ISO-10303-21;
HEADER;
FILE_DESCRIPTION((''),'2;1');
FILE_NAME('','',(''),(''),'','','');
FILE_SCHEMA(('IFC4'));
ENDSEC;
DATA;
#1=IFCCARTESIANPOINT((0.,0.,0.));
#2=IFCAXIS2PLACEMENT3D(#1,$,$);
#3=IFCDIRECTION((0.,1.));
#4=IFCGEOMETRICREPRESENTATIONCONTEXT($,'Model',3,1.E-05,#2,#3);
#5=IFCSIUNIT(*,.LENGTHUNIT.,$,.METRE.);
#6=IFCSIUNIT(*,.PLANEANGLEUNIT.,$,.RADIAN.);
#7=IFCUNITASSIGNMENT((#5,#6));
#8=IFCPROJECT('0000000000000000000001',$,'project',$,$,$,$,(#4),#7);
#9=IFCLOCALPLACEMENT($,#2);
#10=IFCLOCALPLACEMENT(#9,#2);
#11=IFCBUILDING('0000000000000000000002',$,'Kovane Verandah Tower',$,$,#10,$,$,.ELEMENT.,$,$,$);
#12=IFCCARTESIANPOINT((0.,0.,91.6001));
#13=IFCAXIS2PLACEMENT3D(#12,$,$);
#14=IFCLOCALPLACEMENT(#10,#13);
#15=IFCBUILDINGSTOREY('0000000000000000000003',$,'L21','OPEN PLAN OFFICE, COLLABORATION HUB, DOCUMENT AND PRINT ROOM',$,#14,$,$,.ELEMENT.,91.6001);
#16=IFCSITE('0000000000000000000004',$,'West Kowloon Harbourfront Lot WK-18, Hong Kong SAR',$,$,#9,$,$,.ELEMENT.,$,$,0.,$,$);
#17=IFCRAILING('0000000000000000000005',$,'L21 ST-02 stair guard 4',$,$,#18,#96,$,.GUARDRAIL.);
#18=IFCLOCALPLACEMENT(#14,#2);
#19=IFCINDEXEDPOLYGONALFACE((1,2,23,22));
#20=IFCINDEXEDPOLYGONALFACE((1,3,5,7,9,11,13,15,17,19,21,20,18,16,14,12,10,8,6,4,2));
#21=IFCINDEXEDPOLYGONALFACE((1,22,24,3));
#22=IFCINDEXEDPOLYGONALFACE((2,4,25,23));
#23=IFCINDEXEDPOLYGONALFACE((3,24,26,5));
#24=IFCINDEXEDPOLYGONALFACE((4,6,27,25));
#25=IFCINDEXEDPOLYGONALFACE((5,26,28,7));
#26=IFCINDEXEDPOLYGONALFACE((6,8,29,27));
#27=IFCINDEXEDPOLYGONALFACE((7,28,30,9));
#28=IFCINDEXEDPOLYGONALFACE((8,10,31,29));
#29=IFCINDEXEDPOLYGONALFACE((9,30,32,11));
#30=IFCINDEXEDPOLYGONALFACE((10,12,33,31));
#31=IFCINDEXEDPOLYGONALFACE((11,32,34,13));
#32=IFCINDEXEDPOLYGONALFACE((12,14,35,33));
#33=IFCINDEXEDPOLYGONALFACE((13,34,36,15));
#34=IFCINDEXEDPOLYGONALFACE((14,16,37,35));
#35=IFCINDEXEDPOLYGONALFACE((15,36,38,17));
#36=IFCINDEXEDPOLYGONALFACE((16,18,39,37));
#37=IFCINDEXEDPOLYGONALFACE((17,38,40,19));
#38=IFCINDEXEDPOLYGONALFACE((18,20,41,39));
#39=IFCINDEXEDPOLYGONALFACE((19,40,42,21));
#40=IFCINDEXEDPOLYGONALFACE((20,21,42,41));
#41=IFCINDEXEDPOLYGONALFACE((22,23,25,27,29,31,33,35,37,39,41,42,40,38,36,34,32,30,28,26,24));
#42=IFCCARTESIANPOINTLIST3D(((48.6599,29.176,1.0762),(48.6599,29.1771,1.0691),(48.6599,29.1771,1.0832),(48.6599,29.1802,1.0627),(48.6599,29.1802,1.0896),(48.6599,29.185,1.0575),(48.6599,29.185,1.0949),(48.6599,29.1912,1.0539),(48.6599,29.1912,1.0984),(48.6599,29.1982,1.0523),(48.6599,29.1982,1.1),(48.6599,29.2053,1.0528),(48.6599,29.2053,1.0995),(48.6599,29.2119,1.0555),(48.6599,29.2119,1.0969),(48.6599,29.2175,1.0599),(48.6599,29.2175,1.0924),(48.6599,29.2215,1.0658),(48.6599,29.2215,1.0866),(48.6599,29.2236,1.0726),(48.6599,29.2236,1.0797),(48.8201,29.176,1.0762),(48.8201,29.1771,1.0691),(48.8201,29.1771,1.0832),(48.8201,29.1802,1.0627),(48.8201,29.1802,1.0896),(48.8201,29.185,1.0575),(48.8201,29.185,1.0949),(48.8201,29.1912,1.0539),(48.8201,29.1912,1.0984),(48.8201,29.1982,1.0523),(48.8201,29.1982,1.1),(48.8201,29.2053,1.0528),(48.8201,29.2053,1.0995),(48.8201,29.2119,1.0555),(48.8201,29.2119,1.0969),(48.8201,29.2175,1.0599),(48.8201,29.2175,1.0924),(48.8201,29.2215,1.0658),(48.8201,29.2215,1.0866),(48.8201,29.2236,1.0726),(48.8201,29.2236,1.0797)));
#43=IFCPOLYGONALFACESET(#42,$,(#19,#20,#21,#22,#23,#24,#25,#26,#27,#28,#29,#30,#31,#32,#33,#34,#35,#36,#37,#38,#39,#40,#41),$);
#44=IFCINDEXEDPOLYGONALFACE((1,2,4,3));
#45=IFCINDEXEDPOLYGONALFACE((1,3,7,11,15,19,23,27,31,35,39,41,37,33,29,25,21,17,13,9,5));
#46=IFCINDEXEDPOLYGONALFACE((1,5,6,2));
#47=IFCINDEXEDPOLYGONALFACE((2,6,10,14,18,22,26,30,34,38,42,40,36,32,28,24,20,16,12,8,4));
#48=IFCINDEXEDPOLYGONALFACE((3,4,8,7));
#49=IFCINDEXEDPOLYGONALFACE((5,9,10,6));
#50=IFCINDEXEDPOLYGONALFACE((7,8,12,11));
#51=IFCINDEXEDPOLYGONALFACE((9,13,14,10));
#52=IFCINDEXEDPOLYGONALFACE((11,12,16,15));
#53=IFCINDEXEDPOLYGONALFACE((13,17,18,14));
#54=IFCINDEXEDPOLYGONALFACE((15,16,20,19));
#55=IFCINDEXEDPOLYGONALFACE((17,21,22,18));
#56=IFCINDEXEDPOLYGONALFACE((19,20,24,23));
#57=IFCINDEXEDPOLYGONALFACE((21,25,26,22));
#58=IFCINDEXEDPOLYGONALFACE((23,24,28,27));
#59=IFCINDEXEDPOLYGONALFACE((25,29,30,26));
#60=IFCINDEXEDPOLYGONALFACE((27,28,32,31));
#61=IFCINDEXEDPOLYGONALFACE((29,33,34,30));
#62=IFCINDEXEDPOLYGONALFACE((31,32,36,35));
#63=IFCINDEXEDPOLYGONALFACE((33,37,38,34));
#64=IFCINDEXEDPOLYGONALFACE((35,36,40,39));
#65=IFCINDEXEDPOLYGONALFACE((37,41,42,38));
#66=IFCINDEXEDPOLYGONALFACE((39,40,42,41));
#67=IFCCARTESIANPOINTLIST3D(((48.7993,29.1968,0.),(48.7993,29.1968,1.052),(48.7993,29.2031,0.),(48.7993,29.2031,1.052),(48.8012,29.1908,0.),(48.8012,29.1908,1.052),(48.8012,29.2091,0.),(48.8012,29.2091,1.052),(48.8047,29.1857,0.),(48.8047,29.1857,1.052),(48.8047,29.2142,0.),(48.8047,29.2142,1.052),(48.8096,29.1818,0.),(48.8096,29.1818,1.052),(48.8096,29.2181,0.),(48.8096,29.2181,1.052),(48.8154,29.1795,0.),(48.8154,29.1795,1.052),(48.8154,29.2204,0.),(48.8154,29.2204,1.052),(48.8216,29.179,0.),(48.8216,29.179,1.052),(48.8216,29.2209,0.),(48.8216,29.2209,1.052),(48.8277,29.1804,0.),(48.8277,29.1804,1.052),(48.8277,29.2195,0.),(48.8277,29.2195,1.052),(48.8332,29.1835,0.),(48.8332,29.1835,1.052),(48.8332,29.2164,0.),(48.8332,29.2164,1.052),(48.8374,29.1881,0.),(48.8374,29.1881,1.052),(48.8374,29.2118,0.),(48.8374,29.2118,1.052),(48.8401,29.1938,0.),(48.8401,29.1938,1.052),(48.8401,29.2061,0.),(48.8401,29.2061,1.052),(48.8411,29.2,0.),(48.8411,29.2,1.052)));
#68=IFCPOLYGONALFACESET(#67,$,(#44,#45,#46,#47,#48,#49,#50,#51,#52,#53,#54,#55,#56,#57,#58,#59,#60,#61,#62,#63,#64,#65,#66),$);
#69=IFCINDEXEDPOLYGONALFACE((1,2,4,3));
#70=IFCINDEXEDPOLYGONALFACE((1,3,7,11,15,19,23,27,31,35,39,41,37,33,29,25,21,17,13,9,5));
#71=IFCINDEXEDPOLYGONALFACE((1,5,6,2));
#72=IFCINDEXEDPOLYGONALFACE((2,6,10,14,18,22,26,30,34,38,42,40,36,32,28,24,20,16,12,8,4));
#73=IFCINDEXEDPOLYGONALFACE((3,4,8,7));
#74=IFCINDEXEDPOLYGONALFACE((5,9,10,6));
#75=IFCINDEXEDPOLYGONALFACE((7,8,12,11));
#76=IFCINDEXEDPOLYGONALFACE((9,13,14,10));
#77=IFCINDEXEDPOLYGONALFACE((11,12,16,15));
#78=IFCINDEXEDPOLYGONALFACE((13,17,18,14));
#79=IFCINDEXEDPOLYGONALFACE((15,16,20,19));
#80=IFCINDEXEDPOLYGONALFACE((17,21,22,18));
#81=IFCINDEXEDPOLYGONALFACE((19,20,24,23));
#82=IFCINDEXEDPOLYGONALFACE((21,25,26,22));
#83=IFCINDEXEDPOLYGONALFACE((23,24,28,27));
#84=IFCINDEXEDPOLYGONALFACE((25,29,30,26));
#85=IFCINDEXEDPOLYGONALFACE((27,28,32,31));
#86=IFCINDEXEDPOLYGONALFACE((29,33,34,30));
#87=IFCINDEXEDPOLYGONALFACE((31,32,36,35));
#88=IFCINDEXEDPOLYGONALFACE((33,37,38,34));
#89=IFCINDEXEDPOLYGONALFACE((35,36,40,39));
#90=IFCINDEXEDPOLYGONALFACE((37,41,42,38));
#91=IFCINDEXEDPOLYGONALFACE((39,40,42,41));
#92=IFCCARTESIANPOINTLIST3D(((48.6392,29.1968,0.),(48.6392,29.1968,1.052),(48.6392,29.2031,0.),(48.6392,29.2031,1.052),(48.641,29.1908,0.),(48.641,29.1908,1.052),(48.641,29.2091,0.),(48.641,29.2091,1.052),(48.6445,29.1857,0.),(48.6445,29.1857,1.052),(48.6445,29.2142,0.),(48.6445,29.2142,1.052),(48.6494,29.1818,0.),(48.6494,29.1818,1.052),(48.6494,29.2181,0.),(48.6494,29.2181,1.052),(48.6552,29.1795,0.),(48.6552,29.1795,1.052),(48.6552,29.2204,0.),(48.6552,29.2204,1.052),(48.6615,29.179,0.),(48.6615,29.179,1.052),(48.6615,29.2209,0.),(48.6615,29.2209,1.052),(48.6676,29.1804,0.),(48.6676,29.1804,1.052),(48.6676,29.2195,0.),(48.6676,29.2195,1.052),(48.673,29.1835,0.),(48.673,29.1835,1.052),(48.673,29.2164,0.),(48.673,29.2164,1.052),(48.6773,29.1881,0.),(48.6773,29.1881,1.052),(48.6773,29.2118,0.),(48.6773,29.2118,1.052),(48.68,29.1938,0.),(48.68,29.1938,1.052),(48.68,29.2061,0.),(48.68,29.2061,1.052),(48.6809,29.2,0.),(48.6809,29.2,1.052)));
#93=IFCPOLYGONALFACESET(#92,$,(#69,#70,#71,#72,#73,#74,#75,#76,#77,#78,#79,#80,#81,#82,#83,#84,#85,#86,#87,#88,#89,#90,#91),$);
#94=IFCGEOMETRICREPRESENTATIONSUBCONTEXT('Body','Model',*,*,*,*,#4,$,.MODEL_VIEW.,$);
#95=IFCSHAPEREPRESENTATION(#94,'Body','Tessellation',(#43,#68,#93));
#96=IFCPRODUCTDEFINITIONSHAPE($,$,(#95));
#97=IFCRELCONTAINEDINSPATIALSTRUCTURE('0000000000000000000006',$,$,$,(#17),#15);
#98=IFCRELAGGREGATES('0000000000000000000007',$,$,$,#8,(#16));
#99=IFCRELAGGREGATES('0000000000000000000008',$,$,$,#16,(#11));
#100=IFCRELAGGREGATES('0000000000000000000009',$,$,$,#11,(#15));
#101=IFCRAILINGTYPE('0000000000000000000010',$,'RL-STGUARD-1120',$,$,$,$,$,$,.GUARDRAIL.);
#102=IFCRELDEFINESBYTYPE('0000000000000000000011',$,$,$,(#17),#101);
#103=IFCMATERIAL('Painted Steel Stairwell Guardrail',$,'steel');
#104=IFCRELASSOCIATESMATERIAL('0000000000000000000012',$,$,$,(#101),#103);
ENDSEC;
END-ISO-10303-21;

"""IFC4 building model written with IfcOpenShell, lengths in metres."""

from ifc_helpers import new_model, si_unit, direction, frame, origin, origin_2d, place, context, subcontext, project, spatial, circle, extrude, material, type_object, element, save


model = new_model("IFC4")

# Units and contexts
model_context = context("Model", 3, precision=1e-05, world=origin(), true_north=direction((0.0, 1.0)))
body_context = subcontext(model_context, "Body", "Model", "MODEL_VIEW")
ifc_project = project(units=[si_unit("LENGTHUNIT", "METRE"), si_unit("PLANEANGLEUNIT", "RADIAN")], contexts=[model_context])

# Site, building, storey
site_placement = place(None, origin())
site = spatial("IfcSite", under=ifc_project, at=site_placement, Name="West Kowloon Harbourfront Lot WK-18, Hong Kong SAR", CompositionType="ELEMENT", RefElevation=0.0)
building_placement = place(site_placement, origin())
building = spatial("IfcBuilding", under=site, at=building_placement, Name="Kovane Verandah Tower", CompositionType="ELEMENT")
storey_placement = place(building_placement, frame((0.0, 0.0, 91.6001)))
storey = spatial("IfcBuildingStorey", under=building, at=storey_placement, Name="L21", Description="OPEN PLAN OFFICE, COLLABORATION HUB, DOCUMENT AND PRINT ROOM", CompositionType="ELEMENT", Elevation=91.6001)

# Railing
ifc_material_1 = material(Name="Painted Steel Stairwell Guardrail", Category="steel")
railing_type_1 = type_object("IfcRailingType", Name="RL-STGUARD-1120", PredefinedType="GUARDRAIL", material=ifc_material_1)
railing_1_placement = place(storey_placement, frame((48.8201, 29.2, 0.0)))
element("IfcRailing", 1, at=railing_1_placement, inside=storey, type_object=railing_type_1, Name="L21 ST-02 stair guard 4", PredefinedType="GUARDRAIL", context=body_context, shape_type="SweptSolid", body=[
    extrude(circle(Radius=0.0239, at=origin_2d()), frame((0.0, 0.0, 1.0762), z_axis=(-1.0, 0.0, 0.0), x_axis=(0.0, -1.0, 0.0)), (0.0, 0.0, 1.0), 0.1602),
    extrude(circle(Radius=0.021, at=origin_2d()), origin(), (0.0, 0.0, 1.0), 1.052),
    extrude(circle(Radius=0.021, at=origin_2d()), frame((-0.1602, 0.0, 0.0)), (0.0, 0.0, 1.0), 1.052),
])

save(model, "model.ifc")
